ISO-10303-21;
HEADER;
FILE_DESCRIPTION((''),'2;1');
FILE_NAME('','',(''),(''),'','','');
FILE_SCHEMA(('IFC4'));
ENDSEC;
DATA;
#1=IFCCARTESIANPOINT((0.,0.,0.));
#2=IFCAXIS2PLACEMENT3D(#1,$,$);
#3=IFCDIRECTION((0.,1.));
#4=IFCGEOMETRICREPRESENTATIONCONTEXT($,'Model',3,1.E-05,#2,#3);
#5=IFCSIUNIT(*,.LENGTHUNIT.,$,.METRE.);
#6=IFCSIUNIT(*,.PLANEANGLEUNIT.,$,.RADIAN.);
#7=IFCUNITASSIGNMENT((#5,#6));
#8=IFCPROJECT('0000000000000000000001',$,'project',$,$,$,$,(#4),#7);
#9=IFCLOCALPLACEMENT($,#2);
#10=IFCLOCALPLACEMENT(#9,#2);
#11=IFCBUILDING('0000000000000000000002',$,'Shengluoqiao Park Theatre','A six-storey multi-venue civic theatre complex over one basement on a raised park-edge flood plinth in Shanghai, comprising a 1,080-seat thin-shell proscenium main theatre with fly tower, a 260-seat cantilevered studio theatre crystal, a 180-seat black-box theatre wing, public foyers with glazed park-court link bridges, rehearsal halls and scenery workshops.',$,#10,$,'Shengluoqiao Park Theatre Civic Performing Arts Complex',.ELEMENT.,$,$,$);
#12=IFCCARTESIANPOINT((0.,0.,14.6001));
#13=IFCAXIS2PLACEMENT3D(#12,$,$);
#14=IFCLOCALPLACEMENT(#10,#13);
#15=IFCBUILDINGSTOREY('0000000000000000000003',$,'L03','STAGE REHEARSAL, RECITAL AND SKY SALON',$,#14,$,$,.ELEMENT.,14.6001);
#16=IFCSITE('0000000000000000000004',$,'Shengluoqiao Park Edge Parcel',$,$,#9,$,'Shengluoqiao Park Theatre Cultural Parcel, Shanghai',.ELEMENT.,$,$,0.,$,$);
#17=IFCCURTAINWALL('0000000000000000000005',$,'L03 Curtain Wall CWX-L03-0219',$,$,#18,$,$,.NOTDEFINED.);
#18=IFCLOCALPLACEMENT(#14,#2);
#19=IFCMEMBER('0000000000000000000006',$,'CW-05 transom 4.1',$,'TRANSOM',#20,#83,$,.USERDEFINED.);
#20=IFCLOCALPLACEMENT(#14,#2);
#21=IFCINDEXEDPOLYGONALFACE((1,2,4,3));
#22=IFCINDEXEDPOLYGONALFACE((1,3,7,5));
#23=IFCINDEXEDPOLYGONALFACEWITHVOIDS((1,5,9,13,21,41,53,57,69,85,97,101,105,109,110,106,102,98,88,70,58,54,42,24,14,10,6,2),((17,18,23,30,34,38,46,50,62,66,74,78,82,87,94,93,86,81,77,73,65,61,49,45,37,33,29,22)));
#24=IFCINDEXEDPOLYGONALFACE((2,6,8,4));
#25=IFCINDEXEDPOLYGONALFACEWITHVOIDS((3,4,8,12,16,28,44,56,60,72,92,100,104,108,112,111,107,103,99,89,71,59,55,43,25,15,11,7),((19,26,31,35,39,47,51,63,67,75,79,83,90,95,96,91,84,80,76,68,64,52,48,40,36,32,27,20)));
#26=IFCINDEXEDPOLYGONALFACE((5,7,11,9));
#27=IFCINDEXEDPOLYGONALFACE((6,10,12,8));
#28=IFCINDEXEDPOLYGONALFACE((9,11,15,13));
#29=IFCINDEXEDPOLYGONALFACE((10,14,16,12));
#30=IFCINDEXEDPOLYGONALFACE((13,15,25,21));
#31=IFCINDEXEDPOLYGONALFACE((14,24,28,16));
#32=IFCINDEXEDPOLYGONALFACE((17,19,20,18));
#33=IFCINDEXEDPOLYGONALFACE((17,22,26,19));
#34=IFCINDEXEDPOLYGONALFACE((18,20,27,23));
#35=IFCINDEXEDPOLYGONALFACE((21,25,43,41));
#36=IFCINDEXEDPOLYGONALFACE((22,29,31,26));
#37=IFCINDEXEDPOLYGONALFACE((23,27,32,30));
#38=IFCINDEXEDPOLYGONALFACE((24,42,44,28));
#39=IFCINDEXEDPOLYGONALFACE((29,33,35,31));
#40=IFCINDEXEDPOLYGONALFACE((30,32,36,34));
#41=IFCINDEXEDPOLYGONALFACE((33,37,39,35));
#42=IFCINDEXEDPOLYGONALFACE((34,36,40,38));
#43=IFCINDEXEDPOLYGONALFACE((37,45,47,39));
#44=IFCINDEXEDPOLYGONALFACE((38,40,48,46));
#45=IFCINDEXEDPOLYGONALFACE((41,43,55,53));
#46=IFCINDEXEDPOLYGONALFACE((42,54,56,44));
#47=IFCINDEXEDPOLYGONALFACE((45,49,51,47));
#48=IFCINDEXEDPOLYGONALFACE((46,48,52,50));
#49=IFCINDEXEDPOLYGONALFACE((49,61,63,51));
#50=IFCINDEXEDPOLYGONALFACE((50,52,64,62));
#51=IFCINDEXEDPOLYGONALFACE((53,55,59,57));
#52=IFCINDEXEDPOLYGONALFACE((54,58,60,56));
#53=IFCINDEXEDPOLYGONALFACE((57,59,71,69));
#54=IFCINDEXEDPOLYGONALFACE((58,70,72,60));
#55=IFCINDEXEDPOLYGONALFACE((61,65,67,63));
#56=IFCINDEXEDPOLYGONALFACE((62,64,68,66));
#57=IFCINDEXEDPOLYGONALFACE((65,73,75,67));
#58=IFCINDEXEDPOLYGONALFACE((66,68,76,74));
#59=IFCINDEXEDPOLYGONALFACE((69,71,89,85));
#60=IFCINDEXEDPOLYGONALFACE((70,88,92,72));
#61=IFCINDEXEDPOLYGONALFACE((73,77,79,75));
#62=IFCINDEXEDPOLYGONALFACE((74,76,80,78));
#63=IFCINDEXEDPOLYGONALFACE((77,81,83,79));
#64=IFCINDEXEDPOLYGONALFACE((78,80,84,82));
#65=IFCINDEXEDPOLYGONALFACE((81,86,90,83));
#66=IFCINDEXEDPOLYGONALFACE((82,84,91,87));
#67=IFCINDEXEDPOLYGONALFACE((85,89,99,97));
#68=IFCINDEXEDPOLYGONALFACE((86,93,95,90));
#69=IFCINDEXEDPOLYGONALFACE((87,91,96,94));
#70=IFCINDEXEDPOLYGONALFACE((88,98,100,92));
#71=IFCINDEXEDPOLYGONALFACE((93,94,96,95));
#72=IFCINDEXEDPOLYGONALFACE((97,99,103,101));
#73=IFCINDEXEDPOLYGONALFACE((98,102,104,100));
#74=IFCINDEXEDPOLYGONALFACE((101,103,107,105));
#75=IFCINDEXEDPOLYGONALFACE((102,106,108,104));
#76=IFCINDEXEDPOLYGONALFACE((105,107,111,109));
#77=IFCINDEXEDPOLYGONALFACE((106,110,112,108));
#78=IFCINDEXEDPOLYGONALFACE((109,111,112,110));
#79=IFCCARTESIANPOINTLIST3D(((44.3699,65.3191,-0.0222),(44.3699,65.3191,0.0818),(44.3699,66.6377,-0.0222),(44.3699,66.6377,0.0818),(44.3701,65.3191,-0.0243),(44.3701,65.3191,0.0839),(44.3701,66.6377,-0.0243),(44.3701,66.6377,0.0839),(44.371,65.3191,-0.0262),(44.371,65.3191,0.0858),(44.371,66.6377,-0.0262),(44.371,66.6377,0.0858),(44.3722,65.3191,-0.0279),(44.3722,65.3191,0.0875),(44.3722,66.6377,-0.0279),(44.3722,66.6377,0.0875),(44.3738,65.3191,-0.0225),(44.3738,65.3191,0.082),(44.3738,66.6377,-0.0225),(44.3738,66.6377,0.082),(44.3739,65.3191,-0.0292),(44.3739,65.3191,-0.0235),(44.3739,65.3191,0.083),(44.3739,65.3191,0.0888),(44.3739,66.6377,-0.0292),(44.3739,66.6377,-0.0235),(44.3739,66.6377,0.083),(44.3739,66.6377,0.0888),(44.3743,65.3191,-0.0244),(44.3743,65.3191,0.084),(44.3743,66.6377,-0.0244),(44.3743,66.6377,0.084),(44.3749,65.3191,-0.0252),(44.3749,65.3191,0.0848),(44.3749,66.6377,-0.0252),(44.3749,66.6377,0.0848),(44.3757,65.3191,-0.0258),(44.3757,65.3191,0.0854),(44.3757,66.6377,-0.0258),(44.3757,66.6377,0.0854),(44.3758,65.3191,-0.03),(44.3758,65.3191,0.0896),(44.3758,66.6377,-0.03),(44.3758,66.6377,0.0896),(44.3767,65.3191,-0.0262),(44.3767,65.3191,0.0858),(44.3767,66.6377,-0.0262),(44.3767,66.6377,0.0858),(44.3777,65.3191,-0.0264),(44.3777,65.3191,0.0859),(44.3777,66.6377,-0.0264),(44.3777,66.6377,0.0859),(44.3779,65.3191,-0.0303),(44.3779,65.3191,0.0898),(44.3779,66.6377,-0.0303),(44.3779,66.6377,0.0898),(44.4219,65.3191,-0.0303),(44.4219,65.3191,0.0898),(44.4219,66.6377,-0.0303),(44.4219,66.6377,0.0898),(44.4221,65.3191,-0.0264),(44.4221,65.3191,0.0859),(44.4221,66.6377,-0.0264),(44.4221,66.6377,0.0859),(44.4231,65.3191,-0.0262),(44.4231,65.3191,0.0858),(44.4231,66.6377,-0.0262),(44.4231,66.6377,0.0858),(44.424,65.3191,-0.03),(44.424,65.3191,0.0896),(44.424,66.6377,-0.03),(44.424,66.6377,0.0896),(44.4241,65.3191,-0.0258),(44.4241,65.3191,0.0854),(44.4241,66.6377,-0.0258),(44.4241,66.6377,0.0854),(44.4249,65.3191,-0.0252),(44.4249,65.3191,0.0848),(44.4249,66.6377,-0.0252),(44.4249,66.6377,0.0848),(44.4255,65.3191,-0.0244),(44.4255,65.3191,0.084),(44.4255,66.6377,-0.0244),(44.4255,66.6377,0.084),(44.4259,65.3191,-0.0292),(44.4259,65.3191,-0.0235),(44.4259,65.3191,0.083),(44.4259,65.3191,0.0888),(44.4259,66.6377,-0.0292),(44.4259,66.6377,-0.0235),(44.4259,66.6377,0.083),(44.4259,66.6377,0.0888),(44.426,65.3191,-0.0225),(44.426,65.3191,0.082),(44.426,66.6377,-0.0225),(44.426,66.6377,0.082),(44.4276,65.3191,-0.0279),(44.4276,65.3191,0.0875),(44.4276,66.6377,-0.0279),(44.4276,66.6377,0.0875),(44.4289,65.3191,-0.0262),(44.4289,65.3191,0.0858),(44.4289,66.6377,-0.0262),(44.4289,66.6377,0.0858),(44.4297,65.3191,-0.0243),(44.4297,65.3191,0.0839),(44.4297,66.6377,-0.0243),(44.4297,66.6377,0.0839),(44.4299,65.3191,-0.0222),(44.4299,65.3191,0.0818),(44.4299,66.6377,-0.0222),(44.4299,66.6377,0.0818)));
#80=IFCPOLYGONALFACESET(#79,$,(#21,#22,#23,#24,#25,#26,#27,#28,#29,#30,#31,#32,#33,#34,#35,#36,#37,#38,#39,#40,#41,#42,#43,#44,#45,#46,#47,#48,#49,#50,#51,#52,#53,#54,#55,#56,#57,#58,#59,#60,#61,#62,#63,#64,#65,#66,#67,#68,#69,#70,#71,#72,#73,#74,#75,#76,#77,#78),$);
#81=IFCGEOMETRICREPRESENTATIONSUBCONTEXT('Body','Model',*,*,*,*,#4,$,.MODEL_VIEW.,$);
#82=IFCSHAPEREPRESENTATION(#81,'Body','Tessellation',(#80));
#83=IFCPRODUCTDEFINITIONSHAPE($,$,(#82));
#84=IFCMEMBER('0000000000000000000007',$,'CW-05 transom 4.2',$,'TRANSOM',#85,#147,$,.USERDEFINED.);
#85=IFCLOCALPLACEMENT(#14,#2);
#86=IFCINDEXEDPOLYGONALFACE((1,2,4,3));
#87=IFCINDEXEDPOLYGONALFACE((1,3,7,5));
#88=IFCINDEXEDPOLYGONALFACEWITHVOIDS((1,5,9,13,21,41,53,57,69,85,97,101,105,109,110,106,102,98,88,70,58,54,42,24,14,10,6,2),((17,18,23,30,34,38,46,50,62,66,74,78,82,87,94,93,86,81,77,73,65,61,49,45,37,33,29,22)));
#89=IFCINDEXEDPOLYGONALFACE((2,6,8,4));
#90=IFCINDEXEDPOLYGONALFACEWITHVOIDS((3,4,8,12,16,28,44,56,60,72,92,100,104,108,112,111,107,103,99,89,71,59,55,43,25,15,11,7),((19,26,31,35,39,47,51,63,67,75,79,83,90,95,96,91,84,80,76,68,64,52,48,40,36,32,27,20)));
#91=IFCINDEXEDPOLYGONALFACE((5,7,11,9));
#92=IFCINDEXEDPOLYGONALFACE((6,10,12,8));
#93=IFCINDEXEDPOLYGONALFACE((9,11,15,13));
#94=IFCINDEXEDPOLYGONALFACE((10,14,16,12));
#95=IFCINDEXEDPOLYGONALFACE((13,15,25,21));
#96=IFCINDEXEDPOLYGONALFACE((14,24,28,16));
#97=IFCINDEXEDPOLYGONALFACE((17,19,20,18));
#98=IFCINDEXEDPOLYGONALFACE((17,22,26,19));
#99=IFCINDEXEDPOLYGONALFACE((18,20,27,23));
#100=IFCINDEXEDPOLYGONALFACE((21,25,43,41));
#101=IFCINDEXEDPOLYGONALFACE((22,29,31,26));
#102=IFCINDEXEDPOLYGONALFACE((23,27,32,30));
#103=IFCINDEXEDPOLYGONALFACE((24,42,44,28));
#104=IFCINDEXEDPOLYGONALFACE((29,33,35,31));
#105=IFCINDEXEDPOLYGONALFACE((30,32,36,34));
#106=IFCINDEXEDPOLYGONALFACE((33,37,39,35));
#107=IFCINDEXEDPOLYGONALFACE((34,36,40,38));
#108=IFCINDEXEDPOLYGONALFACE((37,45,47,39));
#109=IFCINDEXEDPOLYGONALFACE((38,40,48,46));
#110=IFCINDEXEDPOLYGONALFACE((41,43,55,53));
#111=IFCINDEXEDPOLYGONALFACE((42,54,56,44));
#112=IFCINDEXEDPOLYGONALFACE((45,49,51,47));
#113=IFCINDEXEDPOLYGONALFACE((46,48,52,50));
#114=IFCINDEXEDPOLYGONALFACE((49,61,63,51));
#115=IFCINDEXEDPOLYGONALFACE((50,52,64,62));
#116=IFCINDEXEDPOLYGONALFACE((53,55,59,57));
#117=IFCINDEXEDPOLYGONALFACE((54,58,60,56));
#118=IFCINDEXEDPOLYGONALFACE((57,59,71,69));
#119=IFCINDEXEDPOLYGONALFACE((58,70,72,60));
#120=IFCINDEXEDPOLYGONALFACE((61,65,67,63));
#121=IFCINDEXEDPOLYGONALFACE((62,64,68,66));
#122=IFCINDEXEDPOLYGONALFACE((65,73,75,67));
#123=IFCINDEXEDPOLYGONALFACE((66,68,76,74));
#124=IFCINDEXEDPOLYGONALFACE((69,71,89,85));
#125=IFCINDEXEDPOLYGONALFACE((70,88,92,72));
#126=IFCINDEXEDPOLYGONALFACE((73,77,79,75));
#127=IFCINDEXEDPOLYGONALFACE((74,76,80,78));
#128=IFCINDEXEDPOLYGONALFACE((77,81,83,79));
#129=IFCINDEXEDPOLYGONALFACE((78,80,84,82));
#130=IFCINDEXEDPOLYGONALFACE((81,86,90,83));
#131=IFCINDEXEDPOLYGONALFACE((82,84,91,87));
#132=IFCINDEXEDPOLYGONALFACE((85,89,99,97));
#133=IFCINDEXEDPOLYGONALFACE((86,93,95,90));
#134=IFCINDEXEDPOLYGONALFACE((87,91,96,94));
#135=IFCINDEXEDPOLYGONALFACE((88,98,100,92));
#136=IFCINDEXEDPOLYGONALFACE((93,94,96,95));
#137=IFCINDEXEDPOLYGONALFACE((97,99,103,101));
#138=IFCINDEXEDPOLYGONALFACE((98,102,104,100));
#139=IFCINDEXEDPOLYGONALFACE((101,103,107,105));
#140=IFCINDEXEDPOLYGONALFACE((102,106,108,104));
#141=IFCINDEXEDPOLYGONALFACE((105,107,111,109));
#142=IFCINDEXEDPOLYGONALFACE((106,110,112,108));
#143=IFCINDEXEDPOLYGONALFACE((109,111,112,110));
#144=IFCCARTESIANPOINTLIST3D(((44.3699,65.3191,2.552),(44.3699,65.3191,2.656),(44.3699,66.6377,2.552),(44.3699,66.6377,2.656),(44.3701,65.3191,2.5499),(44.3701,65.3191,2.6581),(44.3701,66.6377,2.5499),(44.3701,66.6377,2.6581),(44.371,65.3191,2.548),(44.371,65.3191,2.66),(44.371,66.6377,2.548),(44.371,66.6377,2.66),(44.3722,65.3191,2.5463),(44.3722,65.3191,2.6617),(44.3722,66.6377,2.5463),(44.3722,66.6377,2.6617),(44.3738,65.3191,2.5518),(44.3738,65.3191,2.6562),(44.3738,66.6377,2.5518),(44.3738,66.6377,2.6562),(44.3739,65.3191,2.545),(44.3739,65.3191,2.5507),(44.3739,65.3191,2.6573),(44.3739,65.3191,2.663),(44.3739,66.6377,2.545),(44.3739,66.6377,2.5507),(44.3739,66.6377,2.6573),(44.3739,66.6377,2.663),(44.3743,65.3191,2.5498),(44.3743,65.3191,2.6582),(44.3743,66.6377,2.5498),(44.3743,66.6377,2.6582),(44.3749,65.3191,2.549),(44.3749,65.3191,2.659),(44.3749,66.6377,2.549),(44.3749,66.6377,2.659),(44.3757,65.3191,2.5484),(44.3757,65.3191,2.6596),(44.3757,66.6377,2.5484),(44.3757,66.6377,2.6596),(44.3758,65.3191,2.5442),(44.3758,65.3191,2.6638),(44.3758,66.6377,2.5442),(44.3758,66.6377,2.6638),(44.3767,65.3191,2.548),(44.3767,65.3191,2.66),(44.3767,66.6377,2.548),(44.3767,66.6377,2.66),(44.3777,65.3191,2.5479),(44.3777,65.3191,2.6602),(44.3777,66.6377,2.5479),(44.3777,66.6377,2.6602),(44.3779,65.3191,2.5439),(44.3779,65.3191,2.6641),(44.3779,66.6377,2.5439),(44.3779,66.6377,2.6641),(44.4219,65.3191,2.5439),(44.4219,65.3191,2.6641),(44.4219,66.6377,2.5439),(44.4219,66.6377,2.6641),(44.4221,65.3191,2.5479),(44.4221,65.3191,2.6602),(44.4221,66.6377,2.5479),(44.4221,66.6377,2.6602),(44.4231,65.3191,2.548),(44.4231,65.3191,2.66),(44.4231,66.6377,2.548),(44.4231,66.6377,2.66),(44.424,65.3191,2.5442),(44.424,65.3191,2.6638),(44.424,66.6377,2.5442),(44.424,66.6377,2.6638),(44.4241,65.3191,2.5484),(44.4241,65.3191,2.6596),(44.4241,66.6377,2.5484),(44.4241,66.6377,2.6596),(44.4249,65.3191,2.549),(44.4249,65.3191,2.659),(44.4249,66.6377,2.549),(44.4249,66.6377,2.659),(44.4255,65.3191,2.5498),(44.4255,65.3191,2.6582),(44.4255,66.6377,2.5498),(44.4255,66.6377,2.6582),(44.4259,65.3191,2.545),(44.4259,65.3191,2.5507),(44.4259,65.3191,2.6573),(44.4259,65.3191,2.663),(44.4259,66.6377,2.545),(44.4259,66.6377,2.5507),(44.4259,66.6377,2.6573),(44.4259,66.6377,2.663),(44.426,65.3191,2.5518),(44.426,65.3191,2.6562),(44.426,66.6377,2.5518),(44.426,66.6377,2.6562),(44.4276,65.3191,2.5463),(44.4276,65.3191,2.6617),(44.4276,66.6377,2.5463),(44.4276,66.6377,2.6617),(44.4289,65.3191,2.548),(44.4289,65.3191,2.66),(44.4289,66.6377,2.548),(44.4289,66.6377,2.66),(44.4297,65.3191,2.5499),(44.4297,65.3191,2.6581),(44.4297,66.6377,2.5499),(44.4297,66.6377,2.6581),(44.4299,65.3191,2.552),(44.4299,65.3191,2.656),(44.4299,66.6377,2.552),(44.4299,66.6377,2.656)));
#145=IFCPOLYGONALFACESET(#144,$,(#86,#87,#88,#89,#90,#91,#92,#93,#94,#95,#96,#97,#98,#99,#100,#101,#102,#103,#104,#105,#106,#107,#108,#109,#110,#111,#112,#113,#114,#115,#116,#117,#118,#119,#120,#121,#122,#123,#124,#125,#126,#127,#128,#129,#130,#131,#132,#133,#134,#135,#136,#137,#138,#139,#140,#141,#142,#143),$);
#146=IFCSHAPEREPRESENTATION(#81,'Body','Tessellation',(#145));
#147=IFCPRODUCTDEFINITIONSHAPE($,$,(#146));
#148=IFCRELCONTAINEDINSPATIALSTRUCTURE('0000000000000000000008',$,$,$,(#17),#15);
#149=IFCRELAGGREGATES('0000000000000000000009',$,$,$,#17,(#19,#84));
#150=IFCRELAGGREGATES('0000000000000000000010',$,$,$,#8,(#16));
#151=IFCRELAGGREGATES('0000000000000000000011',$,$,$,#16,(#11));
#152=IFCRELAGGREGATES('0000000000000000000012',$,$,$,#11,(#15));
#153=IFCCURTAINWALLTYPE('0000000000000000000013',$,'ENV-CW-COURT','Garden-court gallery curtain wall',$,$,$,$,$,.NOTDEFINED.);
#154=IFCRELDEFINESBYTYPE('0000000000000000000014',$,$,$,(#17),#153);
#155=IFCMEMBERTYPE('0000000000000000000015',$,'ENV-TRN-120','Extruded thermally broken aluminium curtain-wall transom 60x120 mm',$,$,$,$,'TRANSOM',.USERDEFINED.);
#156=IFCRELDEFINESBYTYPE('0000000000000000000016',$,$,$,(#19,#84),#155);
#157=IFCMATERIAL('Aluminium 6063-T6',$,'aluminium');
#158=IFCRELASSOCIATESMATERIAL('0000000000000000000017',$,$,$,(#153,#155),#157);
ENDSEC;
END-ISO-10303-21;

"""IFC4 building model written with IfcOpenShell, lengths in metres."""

from ifc_helpers import new_model, si_unit, direction, frame, origin, origin_2d, place, context, subcontext, project, spatial, hollow_rectangle, extrude, material, material_profile, profile_set, type_object, element, aggregate, save


model = new_model("IFC4")

# Units and contexts
model_context = context("Model", 3, precision=1e-05, world=origin(), true_north=direction((0.0, 1.0)))
body_context = subcontext(model_context, "Body", "Model", "MODEL_VIEW")
ifc_project = project(units=[si_unit("LENGTHUNIT", "METRE"), si_unit("PLANEANGLEUNIT", "RADIAN")], contexts=[model_context])

# Site, building, storey
site_placement = place(None, origin())
site = spatial("IfcSite", under=ifc_project, at=site_placement, Name="Shengluoqiao Park Edge Parcel", LongName="Shengluoqiao Park Theatre Cultural Parcel, Shanghai", CompositionType="ELEMENT", RefElevation=0.0)
building_placement = place(site_placement, origin())
building = spatial("IfcBuilding", under=site, at=building_placement, Name="Shengluoqiao Park Theatre", Description="A six-storey multi-venue civic theatre complex over one basement on a raised park-edge flood plinth in Shanghai, comprising a 1,080-seat thin-shell proscenium main theatre with fly tower, a 260-seat cantilevered studio theatre crystal, a 180-seat black-box theatre wing, public foyers with glazed park-court link bridges, rehearsal halls and scenery workshops.", LongName="Shengluoqiao Park Theatre Civic Performing Arts Complex", CompositionType="ELEMENT")
storey_placement = place(building_placement, frame((0.0, 0.0, 14.6001)))
storey = spatial("IfcBuildingStorey", under=building, at=storey_placement, Name="L03", Description="STAGE REHEARSAL, RECITAL AND SKY SALON", CompositionType="ELEMENT", Elevation=14.6001)

# Curtain wall
ifc_material_1 = material(Name="Aluminium 6063-T6", Category="aluminium")
curtain_wall_type_1 = type_object("IfcCurtainWallType", Name="ENV-CW-COURT", Description="Garden-court gallery curtain wall", PredefinedType="NOTDEFINED", material=ifc_material_1)
curtain_wall_1_placement = place(storey_placement, origin())
curtain_wall_1 = element("IfcCurtainWall", 1, at=curtain_wall_1_placement, inside=storey, type_object=curtain_wall_type_1, Name="L03 Curtain Wall CWX-L03-0219", PredefinedType="NOTDEFINED")

# Members
ifc_material_profile_1 = material_profile(ifc_material_1, hollow_rectangle(XDim=0.0601, YDim=0.1201, WallThickness=0.0039, InnerFilletRadius=0.0039, OuterFilletRadius=0.0081, at=origin_2d()), Name="ALU TRANSOM 120x60x4")
ifc_profile_set_1 = profile_set([ifc_material_profile_1], Name="Aluminium 6063-T6")
member_type_1 = type_object("IfcMemberType", Name="ENV-TRN-120", Description="Extruded thermally broken aluminium curtain-wall transom 60x120 mm", ElementType="TRANSOM", PredefinedType="USERDEFINED", material=ifc_profile_set_1)
member_1_placement = place(storey_placement, frame((44.3999, 65.3191, 0.0298), z_axis=(0.0, 1.0, 0.0), x_axis=(-1.0, 0.0, 0.0)))
member_1 = element("IfcMember", 2, at=member_1_placement, type_object=member_type_1, Name="CW-05 transom 4.1", ObjectType="TRANSOM", PredefinedType="USERDEFINED", context=body_context, shape_type="SweptSolid", body=[
    extrude(hollow_rectangle(XDim=0.0601, YDim=0.1201, WallThickness=0.0039, InnerFilletRadius=0.0039, OuterFilletRadius=0.0081, at=origin_2d()), origin(), (0.0, 0.0, 1.0), 1.3186),
])
member_2_placement = place(storey_placement, frame((44.3999, 65.3191, 2.604), z_axis=(0.0, 1.0, 0.0), x_axis=(-1.0, 0.0, 0.0)))
member_2 = element("IfcMember", 3, at=member_2_placement, type_object=member_type_1, Name="CW-05 transom 4.2", ObjectType="TRANSOM", PredefinedType="USERDEFINED", context=body_context, shape_type="SweptSolid", body=[
    extrude(hollow_rectangle(XDim=0.0601, YDim=0.1201, WallThickness=0.0039, InnerFilletRadius=0.0039, OuterFilletRadius=0.0081, at=origin_2d()), origin(), (0.0, 0.0, 1.0), 1.3186),
])

aggregate(curtain_wall_1, [member_1, member_2])

save(model, "model.ifc")
